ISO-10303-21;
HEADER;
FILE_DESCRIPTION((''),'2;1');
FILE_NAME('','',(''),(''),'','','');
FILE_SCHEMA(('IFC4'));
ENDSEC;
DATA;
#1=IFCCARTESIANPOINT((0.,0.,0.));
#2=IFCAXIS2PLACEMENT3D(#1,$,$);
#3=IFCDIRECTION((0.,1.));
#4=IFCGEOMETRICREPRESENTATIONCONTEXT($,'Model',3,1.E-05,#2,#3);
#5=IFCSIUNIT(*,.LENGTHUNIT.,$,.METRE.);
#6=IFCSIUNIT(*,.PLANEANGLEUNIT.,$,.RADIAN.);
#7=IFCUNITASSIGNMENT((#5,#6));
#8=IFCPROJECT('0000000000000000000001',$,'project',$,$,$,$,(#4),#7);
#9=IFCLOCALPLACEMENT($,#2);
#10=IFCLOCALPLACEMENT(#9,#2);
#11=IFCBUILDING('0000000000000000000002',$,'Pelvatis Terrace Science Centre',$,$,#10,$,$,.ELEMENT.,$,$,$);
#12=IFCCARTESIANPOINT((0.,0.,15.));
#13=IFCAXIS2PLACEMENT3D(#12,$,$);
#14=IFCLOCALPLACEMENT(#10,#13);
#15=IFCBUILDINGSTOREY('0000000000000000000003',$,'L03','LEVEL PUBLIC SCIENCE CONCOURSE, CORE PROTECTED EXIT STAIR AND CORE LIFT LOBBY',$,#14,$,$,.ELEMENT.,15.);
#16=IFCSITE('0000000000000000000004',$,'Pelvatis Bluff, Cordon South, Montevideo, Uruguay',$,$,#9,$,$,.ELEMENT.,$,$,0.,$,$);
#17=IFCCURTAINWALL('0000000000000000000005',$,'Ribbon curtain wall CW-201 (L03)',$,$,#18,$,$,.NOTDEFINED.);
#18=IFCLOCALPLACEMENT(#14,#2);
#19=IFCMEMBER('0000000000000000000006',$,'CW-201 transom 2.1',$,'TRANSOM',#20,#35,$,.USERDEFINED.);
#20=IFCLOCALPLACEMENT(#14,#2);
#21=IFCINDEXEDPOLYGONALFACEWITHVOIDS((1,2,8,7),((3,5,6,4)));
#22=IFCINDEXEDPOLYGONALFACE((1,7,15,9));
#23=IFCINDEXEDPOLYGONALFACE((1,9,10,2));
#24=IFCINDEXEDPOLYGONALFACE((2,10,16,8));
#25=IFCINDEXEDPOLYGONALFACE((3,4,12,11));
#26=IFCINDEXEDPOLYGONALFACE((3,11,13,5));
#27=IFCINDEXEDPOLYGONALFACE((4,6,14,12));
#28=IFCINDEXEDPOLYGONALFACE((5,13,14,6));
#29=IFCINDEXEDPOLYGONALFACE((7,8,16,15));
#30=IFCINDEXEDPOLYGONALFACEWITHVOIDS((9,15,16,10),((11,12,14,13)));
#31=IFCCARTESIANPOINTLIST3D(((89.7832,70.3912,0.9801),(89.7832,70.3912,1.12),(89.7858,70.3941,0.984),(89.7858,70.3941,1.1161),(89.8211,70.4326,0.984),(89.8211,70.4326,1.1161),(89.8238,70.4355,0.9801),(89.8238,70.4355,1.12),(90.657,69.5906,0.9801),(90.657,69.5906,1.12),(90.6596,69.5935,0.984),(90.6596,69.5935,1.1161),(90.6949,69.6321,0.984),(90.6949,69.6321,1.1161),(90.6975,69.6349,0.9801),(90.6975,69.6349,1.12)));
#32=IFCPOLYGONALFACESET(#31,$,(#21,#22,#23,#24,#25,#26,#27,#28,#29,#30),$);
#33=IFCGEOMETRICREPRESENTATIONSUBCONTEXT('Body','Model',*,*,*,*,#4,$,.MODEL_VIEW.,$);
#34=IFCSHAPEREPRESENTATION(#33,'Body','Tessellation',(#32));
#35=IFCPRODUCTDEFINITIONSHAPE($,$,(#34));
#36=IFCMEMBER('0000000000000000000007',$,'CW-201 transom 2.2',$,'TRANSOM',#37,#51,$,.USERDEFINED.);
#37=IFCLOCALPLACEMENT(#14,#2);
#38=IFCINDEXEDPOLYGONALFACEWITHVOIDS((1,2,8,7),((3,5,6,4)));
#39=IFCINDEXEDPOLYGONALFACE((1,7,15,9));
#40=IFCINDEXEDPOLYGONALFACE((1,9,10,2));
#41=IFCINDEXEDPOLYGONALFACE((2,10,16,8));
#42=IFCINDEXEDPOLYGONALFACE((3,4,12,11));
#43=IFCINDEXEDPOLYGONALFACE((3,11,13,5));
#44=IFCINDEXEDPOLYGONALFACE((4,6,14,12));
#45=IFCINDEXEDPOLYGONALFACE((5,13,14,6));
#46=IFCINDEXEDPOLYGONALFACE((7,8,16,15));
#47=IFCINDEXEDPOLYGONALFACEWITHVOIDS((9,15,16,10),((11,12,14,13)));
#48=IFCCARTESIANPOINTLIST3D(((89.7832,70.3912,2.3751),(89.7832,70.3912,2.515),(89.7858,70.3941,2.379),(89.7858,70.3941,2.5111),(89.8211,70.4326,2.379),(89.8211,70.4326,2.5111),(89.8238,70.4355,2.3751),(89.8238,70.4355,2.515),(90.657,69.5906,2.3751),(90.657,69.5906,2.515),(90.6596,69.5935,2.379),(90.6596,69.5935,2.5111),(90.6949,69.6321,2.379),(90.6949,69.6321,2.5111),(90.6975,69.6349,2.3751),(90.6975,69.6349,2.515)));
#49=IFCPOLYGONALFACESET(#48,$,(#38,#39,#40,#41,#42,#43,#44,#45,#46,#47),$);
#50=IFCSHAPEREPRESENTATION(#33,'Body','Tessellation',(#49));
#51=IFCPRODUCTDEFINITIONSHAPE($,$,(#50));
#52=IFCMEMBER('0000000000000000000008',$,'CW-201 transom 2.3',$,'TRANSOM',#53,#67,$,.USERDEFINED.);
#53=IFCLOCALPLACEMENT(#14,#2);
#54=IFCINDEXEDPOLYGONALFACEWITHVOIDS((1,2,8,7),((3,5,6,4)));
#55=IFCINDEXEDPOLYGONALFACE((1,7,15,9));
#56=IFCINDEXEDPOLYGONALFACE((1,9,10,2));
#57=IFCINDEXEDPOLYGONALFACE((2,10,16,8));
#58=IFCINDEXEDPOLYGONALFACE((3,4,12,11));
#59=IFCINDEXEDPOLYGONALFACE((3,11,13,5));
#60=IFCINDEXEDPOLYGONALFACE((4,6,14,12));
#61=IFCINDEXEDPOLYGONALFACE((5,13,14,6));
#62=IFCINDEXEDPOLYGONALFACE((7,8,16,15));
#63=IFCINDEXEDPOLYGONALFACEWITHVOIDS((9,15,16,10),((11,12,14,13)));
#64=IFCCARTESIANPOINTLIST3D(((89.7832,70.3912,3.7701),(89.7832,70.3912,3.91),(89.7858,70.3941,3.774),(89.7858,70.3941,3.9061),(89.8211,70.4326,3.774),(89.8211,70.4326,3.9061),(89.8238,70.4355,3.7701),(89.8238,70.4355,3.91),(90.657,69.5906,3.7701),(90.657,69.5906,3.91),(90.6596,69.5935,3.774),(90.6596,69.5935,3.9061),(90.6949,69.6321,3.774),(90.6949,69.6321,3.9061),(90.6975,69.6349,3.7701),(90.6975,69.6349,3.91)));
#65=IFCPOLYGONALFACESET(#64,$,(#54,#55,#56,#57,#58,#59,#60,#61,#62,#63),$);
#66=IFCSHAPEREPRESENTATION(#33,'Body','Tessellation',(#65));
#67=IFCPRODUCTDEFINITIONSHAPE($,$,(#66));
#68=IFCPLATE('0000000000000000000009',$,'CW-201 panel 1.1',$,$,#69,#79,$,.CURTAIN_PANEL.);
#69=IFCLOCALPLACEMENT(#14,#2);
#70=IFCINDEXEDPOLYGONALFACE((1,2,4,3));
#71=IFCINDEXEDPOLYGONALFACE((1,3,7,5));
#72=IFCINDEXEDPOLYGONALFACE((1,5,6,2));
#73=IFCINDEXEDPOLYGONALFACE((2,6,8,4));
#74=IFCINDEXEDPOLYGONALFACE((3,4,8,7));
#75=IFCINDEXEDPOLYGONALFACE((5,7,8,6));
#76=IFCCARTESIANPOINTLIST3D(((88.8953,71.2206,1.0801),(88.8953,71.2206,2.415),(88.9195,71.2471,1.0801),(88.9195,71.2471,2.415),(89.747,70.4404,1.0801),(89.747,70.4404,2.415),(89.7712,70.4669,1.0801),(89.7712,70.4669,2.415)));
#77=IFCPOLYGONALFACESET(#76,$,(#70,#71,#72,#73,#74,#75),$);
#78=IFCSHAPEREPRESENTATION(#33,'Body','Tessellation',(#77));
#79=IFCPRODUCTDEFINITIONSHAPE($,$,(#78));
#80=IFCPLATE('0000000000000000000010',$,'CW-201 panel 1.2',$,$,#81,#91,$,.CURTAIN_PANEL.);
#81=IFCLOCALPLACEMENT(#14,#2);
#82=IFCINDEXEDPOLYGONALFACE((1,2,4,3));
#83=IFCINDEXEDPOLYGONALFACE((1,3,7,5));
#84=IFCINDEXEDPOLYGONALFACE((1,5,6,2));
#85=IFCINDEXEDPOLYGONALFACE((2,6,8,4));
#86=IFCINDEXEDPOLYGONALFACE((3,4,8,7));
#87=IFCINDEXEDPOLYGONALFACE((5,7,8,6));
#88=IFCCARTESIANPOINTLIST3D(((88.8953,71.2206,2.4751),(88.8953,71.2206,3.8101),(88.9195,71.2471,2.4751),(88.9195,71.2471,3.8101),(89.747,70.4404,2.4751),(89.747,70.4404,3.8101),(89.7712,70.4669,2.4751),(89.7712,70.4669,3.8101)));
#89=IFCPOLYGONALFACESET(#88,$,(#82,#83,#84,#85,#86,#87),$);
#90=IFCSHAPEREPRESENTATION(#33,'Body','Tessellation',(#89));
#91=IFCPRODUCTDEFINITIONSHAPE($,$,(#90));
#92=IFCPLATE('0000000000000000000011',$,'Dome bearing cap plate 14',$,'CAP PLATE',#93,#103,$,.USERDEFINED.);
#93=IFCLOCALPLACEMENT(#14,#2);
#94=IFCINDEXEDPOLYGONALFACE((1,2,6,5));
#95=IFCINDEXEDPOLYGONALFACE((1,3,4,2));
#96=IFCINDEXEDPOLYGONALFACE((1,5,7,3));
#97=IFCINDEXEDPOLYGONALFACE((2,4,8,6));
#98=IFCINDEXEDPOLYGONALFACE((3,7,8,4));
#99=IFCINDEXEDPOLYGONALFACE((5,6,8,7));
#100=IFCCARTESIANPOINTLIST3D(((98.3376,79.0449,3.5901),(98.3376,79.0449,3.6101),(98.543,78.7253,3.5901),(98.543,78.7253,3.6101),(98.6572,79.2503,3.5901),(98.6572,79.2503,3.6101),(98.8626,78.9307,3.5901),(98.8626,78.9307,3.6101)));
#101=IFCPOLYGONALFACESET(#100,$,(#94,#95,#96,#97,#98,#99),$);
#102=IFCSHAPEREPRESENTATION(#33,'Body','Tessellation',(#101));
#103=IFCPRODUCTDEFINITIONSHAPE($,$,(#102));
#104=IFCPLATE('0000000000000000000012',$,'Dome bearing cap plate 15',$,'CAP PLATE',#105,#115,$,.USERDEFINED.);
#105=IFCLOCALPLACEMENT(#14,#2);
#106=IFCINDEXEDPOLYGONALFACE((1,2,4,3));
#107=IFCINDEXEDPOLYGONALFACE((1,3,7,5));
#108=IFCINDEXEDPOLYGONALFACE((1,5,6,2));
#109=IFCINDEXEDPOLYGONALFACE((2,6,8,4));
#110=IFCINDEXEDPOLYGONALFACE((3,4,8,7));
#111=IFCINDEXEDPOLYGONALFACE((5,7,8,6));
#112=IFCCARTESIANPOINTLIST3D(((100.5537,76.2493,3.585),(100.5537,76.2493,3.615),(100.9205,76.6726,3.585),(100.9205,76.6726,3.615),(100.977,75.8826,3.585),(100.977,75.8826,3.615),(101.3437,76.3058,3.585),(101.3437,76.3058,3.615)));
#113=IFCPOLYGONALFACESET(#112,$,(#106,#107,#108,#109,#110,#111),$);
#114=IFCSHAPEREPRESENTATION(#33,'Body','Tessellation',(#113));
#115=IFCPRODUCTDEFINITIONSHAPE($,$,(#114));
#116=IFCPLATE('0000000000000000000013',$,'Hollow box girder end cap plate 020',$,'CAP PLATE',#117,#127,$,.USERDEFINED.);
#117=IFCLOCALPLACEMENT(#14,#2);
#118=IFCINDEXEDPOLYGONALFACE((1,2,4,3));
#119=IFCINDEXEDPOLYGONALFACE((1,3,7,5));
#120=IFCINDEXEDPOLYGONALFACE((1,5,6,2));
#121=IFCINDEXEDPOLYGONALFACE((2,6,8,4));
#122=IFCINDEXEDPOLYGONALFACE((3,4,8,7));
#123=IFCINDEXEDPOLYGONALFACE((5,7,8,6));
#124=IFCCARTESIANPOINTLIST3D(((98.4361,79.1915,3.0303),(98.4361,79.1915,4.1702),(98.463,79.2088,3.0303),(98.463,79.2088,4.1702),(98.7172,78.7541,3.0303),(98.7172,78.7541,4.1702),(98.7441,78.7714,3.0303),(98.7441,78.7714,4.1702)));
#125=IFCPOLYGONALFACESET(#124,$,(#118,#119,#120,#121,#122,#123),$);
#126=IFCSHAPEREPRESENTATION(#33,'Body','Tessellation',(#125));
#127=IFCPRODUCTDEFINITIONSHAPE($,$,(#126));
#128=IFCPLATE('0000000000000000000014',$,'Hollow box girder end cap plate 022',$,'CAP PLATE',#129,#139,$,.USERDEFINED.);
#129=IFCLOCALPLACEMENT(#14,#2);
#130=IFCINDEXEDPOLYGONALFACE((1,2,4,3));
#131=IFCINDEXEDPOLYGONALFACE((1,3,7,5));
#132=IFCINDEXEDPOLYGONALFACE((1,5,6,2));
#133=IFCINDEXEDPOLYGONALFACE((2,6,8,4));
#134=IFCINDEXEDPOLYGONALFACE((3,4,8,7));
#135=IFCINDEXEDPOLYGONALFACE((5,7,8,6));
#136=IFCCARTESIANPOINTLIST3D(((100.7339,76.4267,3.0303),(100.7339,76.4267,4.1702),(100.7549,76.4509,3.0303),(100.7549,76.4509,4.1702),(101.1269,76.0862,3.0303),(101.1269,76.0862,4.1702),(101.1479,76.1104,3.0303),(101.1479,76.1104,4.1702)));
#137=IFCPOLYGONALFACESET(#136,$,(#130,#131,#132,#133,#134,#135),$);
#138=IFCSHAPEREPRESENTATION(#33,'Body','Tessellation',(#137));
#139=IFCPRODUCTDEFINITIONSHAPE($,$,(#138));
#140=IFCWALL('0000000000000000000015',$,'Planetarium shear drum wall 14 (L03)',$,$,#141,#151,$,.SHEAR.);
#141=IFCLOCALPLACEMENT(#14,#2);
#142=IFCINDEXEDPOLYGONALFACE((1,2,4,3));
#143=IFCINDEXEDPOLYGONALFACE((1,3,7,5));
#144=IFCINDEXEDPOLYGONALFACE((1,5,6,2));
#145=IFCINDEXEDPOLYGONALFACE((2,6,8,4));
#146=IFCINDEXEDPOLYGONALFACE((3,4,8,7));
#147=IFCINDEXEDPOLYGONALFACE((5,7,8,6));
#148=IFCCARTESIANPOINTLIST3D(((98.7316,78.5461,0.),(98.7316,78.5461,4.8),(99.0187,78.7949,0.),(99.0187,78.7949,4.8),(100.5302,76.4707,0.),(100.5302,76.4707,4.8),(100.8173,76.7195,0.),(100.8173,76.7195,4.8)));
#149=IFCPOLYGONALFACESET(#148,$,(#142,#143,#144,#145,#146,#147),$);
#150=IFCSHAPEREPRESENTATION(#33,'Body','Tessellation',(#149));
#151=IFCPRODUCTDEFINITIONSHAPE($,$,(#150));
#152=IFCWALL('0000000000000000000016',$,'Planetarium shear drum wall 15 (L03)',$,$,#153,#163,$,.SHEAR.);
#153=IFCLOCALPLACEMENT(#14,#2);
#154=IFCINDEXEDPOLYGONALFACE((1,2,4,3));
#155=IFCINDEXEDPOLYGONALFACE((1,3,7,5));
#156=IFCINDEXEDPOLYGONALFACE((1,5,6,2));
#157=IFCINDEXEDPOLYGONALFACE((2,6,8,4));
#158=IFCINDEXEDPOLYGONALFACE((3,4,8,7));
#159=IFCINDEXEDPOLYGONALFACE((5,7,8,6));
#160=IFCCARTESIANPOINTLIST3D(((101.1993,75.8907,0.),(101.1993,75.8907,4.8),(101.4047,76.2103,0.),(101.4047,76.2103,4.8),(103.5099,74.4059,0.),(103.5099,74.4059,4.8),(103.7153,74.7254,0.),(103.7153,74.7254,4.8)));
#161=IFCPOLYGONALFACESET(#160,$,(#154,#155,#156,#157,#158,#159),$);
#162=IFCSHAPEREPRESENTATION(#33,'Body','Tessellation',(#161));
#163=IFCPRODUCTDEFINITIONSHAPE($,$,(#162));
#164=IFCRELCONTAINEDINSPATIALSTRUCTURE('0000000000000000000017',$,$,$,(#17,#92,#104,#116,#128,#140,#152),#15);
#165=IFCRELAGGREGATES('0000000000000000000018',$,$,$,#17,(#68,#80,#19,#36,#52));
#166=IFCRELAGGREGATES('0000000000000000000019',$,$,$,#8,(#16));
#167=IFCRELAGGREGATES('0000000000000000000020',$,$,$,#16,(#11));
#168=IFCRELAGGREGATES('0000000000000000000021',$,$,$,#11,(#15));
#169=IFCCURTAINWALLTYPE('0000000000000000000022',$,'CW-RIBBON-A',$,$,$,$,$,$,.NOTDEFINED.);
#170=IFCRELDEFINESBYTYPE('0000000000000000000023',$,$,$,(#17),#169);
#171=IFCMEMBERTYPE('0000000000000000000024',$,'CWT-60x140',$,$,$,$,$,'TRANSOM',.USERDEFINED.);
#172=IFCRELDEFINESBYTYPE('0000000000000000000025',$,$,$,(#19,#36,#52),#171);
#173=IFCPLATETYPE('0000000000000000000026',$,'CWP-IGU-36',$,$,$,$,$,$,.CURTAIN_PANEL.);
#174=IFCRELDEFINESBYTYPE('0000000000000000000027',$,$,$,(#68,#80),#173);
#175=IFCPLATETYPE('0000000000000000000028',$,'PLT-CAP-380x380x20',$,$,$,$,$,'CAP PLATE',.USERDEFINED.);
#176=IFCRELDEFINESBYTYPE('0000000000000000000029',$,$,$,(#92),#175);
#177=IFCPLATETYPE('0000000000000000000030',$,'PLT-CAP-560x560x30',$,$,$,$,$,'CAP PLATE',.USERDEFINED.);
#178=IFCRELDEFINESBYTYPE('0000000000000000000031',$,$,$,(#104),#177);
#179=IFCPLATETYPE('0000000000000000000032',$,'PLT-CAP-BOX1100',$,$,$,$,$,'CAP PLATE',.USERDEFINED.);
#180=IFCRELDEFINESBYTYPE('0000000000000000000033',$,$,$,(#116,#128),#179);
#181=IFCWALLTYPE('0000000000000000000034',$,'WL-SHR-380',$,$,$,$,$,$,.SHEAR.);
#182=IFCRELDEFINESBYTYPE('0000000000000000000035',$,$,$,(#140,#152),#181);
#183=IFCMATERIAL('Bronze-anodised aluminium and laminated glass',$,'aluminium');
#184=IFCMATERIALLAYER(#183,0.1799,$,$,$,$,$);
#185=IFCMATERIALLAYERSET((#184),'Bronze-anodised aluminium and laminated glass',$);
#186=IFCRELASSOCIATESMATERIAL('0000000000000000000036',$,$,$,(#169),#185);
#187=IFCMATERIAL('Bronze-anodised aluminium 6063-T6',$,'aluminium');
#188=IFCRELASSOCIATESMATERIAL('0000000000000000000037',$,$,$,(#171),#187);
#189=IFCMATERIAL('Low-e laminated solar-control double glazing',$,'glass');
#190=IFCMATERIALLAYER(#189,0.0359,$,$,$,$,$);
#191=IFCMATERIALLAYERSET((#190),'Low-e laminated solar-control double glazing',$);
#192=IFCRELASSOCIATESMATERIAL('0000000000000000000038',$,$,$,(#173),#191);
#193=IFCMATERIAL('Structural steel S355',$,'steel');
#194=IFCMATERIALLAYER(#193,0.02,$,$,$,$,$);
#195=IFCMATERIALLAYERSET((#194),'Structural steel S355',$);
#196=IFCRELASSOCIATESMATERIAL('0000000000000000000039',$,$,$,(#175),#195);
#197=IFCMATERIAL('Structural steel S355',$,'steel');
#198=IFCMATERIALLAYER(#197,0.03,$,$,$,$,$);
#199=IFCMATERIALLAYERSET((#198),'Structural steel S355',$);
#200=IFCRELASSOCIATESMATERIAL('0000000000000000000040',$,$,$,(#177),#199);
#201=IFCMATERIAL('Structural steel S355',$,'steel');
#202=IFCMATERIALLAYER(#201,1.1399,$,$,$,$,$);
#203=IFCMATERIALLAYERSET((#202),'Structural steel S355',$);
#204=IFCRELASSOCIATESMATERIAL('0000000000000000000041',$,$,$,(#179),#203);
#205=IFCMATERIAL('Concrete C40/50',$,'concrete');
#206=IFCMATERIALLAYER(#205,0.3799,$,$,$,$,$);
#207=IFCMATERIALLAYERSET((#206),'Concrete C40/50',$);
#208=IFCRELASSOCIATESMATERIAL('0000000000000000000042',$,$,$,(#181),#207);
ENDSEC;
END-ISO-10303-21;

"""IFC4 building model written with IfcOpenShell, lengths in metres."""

from ifc_helpers import new_model, si_unit, direction, frame, frame_2d, origin, origin_2d, place, context, subcontext, project, spatial, rectangle, hollow_rectangle, extrude, material, layer, layer_set, material_profile, profile_set, type_object, element, aggregate, save


model = new_model("IFC4")

# Units and contexts
model_context = context("Model", 3, precision=1e-05, world=origin(), true_north=direction((0.0, 1.0)))
body_context = subcontext(model_context, "Body", "Model", "MODEL_VIEW")
ifc_project = project(units=[si_unit("LENGTHUNIT", "METRE"), si_unit("PLANEANGLEUNIT", "RADIAN")], contexts=[model_context])

# Site, building, storey
site_placement = place(None, origin())
site = spatial("IfcSite", under=ifc_project, at=site_placement, Name="Pelvatis Bluff, Cordon South, Montevideo, Uruguay", CompositionType="ELEMENT", RefElevation=0.0)
building_placement = place(site_placement, origin())
building = spatial("IfcBuilding", under=site, at=building_placement, Name="Pelvatis Terrace Science Centre", CompositionType="ELEMENT")
storey_placement = place(building_placement, frame((0.0, 0.0, 15.0)))
storey = spatial("IfcBuildingStorey", under=building, at=storey_placement, Name="L03", Description="LEVEL PUBLIC SCIENCE CONCOURSE, CORE PROTECTED EXIT STAIR AND CORE LIFT LOBBY", CompositionType="ELEMENT", Elevation=15.0)

# Curtain wall, members, plates
ifc_material_1 = material(Name="Bronze-anodised aluminium and laminated glass", Category="aluminium")
ifc_layer_1 = layer(ifc_material_1, 0.1799)
ifc_layer_set_1 = layer_set([ifc_layer_1], Name="Bronze-anodised aluminium and laminated glass")
curtain_wall_type = type_object("IfcCurtainWallType", Name="CW-RIBBON-A", PredefinedType="NOTDEFINED", material=ifc_layer_set_1)
curtain_wall_placement = place(storey_placement, origin())
curtain_wall = element("IfcCurtainWall", 1, at=curtain_wall_placement, inside=storey, type_object=curtain_wall_type, Name="Ribbon curtain wall CW-201 (L03)", PredefinedType="NOTDEFINED")
ifc_material_2 = material(Name="Bronze-anodised aluminium 6063-T6", Category="aluminium")
ifc_material_profile_1 = material_profile(ifc_material_2, hollow_rectangle(XDim=0.0601, YDim=0.1399, WallThickness=0.0039, at=origin_2d()), Name="ALU-TRN 60x140")
ifc_profile_set_1 = profile_set([ifc_material_profile_1], Name="Bronze-anodised aluminium 6063-T6")
member_type_1 = type_object("IfcMemberType", Name="CWT-60x140", ElementType="TRANSOM", PredefinedType="USERDEFINED", material=ifc_profile_set_1)
member_1_placement = place(storey_placement, frame((89.8035, 70.4133, 1.05), z_axis=(0.737334, -0.675529, 0.0), x_axis=(0.675529, 0.737334, 0.0)))
member_1 = element("IfcMember", 2, at=member_1_placement, type_object=member_type_1, Name="CW-201 transom 2.1", ObjectType="TRANSOM", PredefinedType="USERDEFINED", context=body_context, shape_type="SweptSolid", body=[
    extrude(hollow_rectangle(XDim=0.0601, YDim=0.1399, WallThickness=0.0039, at=origin_2d()), origin(), (0.0, 0.0, 1.0), 1.1851),
])
member_2_placement = place(storey_placement, frame((89.8035, 70.4133, 2.4451), z_axis=(0.737334, -0.675529, 0.0), x_axis=(0.675529, 0.737334, 0.0)))
member_2 = element("IfcMember", 3, at=member_2_placement, type_object=member_type_1, Name="CW-201 transom 2.2", ObjectType="TRANSOM", PredefinedType="USERDEFINED", context=body_context, shape_type="SweptSolid", body=[
    extrude(hollow_rectangle(XDim=0.0601, YDim=0.1399, WallThickness=0.0039, at=origin_2d()), origin(), (0.0, 0.0, 1.0), 1.1851),
])
member_3_placement = place(storey_placement, frame((89.8035, 70.4133, 3.8401), z_axis=(0.737334, -0.675529, 0.0), x_axis=(0.675529, 0.737334, 0.0)))
member_3 = element("IfcMember", 4, at=member_3_placement, type_object=member_type_1, Name="CW-201 transom 2.3", ObjectType="TRANSOM", PredefinedType="USERDEFINED", context=body_context, shape_type="SweptSolid", body=[
    extrude(hollow_rectangle(XDim=0.0601, YDim=0.1399, WallThickness=0.0039, at=origin_2d()), origin(), (0.0, 0.0, 1.0), 1.1851),
])
ifc_material_3 = material(Name="Low-e laminated solar-control double glazing", Category="glass")
ifc_layer_2 = layer(ifc_material_3, 0.0359)
ifc_layer_set_2 = layer_set([ifc_layer_2], Name="Low-e laminated solar-control double glazing")
plate_type_1 = type_object("IfcPlateType", Name="CWP-IGU-36", PredefinedType="CURTAIN_PANEL", material=ifc_layer_set_2)
plate_1_placement = place(storey_placement, frame((89.3333, 70.8438, 1.0801), z_axis=(0.0, 0.0, 1.0), x_axis=(0.737404, -0.675452, 0.0)))
plate_1 = element("IfcPlate", 5, at=plate_1_placement, type_object=plate_type_1, Name="CW-201 panel 1.1", PredefinedType="CURTAIN_PANEL", context=body_context, shape_type="SweptSolid", body=[
    extrude(rectangle(XDim=1.155, YDim=0.0359, at=origin_2d()), origin(), (0.0, 0.0, 1.0), 1.335),
])
plate_2_placement = place(storey_placement, frame((89.3333, 70.8438, 2.4751), z_axis=(0.0, 0.0, 1.0), x_axis=(0.737404, -0.675452, 0.0)))
plate_2 = element("IfcPlate", 6, at=plate_2_placement, type_object=plate_type_1, Name="CW-201 panel 1.2", PredefinedType="CURTAIN_PANEL", context=body_context, shape_type="SweptSolid", body=[
    extrude(rectangle(XDim=1.155, YDim=0.0359, at=origin_2d()), origin(), (0.0, 0.0, 1.0), 1.335),
])
aggregate(curtain_wall, [plate_1, plate_2, member_1, member_2, member_3])

# Plates
ifc_material_4 = material(Name="Structural steel S355", Category="steel")
ifc_layer_3 = layer(ifc_material_4, 0.02)
ifc_layer_set_3 = layer_set([ifc_layer_3], Name="Structural steel S355")
plate_type_2 = type_object("IfcPlateType", Name="PLT-CAP-380x380x20", ElementType="CAP PLATE", PredefinedType="USERDEFINED", material=ifc_layer_set_3)
plate_3_placement = place(storey_placement, frame((98.6001, 78.9878, 3.5901), z_axis=(0.0, 0.0, 1.0), x_axis=(-0.841228, -0.540681, 0.0)))
element("IfcPlate", 7, at=plate_3_placement, inside=storey, type_object=plate_type_2, Name="Dome bearing cap plate 14", ObjectType="CAP PLATE", PredefinedType="USERDEFINED", context=body_context, shape_type="SweptSolid", body=[
    extrude(rectangle(XDim=0.3799, YDim=0.3799, at=origin_2d()), origin(), (0.0, 0.0, 1.0), 0.02),
])
ifc_material_5 = material(Name="Structural steel S355", Category="steel")
ifc_layer_4 = layer(ifc_material_5, 0.03)
ifc_layer_set_4 = layer_set([ifc_layer_4], Name="Structural steel S355")
plate_type_3 = type_object("IfcPlateType", Name="PLT-CAP-560x560x30", ElementType="CAP PLATE", PredefinedType="USERDEFINED", material=ifc_layer_set_4)
plate_4_placement = place(storey_placement, frame((100.9487, 76.2776, 3.585), z_axis=(0.0, 0.0, 1.0), x_axis=(-0.654873, -0.755739, 0.0)))
element("IfcPlate", 8, at=plate_4_placement, inside=storey, type_object=plate_type_3, Name="Dome bearing cap plate 15", ObjectType="CAP PLATE", PredefinedType="USERDEFINED", context=body_context, shape_type="SweptSolid", body=[
    extrude(rectangle(XDim=0.5601, YDim=0.5601, at=origin_2d()), origin(), (0.0, 0.0, 1.0), 0.03),
])
ifc_material_6 = material(Name="Structural steel S355", Category="steel")
ifc_layer_5 = layer(ifc_material_6, 1.1399)
ifc_layer_set_5 = layer_set([ifc_layer_5], Name="Structural steel S355")
plate_type_4 = type_object("IfcPlateType", Name="PLT-CAP-BOX1100", ElementType="CAP PLATE", PredefinedType="USERDEFINED", material=ifc_layer_set_5)
for number, where, z_axis, x_axis, name in (
    (9, (98.5901, 78.9814, 3.0303), (0.0, 0.0, 1.0), (-0.841228, -0.540681, 0.0), "Hollow box girder end cap plate 020"),
    (10, (100.9409, 76.2686, 3.0303), (0.0, 0.0, 1.0), (-0.654873, -0.755739, 0.0), "Hollow box girder end cap plate 022"),
):
    element("IfcPlate", number, at=place(storey_placement, frame(where, z_axis=z_axis, x_axis=x_axis)), inside=storey, type_object=plate_type_4, Name=name, ObjectType="CAP PLATE", PredefinedType="USERDEFINED", context=body_context, shape_type="SweptSolid", body=[
        extrude(rectangle(XDim=0.032, YDim=0.52, at=origin_2d()), origin(), (0.0, 0.0, 1.0), 1.1399),
    ])

# Walls
ifc_material_7 = material(Name="Concrete C40/50", Category="concrete")
ifc_layer_6 = layer(ifc_material_7, 0.3799)
ifc_layer_set_6 = layer_set([ifc_layer_6], Name="Concrete C40/50")
wall_type = type_object("IfcWallType", Name="WL-SHR-380", PredefinedType="SHEAR", material=ifc_layer_set_6)
wall_1_placement = place(storey_placement, frame((98.8752, 78.6704, 0.0), z_axis=(0.0, 0.0, 1.0), x_axis=(0.654903, -0.755713, 0.0)))
element("IfcWall", 11, at=wall_1_placement, inside=storey, type_object=wall_type, Name="Planetarium shear drum wall 14 (L03)", PredefinedType="SHEAR", context=body_context, shape_type="SweptSolid", body=[
    extrude(rectangle(XDim=2.7463, YDim=0.3799, at=frame_2d((1.373, 0.0))), origin(), (0.0, 0.0, 1.0), 4.8),
])
wall_2_placement = place(storey_placement, frame((101.302, 76.0505, 0.0), z_axis=(0.0, 0.0, 1.0), x_axis=(0.841259, -0.540632, 0.0)))
element("IfcWall", 12, at=wall_2_placement, inside=storey, type_object=wall_type, Name="Planetarium shear drum wall 15 (L03)", PredefinedType="SHEAR", context=body_context, shape_type="SweptSolid", body=[
    extrude(rectangle(XDim=2.7466, YDim=0.3799, at=frame_2d((1.3733, 0.0))), origin(), (0.0, 0.0, 1.0), 4.8),
])

save(model, "model.ifc")
